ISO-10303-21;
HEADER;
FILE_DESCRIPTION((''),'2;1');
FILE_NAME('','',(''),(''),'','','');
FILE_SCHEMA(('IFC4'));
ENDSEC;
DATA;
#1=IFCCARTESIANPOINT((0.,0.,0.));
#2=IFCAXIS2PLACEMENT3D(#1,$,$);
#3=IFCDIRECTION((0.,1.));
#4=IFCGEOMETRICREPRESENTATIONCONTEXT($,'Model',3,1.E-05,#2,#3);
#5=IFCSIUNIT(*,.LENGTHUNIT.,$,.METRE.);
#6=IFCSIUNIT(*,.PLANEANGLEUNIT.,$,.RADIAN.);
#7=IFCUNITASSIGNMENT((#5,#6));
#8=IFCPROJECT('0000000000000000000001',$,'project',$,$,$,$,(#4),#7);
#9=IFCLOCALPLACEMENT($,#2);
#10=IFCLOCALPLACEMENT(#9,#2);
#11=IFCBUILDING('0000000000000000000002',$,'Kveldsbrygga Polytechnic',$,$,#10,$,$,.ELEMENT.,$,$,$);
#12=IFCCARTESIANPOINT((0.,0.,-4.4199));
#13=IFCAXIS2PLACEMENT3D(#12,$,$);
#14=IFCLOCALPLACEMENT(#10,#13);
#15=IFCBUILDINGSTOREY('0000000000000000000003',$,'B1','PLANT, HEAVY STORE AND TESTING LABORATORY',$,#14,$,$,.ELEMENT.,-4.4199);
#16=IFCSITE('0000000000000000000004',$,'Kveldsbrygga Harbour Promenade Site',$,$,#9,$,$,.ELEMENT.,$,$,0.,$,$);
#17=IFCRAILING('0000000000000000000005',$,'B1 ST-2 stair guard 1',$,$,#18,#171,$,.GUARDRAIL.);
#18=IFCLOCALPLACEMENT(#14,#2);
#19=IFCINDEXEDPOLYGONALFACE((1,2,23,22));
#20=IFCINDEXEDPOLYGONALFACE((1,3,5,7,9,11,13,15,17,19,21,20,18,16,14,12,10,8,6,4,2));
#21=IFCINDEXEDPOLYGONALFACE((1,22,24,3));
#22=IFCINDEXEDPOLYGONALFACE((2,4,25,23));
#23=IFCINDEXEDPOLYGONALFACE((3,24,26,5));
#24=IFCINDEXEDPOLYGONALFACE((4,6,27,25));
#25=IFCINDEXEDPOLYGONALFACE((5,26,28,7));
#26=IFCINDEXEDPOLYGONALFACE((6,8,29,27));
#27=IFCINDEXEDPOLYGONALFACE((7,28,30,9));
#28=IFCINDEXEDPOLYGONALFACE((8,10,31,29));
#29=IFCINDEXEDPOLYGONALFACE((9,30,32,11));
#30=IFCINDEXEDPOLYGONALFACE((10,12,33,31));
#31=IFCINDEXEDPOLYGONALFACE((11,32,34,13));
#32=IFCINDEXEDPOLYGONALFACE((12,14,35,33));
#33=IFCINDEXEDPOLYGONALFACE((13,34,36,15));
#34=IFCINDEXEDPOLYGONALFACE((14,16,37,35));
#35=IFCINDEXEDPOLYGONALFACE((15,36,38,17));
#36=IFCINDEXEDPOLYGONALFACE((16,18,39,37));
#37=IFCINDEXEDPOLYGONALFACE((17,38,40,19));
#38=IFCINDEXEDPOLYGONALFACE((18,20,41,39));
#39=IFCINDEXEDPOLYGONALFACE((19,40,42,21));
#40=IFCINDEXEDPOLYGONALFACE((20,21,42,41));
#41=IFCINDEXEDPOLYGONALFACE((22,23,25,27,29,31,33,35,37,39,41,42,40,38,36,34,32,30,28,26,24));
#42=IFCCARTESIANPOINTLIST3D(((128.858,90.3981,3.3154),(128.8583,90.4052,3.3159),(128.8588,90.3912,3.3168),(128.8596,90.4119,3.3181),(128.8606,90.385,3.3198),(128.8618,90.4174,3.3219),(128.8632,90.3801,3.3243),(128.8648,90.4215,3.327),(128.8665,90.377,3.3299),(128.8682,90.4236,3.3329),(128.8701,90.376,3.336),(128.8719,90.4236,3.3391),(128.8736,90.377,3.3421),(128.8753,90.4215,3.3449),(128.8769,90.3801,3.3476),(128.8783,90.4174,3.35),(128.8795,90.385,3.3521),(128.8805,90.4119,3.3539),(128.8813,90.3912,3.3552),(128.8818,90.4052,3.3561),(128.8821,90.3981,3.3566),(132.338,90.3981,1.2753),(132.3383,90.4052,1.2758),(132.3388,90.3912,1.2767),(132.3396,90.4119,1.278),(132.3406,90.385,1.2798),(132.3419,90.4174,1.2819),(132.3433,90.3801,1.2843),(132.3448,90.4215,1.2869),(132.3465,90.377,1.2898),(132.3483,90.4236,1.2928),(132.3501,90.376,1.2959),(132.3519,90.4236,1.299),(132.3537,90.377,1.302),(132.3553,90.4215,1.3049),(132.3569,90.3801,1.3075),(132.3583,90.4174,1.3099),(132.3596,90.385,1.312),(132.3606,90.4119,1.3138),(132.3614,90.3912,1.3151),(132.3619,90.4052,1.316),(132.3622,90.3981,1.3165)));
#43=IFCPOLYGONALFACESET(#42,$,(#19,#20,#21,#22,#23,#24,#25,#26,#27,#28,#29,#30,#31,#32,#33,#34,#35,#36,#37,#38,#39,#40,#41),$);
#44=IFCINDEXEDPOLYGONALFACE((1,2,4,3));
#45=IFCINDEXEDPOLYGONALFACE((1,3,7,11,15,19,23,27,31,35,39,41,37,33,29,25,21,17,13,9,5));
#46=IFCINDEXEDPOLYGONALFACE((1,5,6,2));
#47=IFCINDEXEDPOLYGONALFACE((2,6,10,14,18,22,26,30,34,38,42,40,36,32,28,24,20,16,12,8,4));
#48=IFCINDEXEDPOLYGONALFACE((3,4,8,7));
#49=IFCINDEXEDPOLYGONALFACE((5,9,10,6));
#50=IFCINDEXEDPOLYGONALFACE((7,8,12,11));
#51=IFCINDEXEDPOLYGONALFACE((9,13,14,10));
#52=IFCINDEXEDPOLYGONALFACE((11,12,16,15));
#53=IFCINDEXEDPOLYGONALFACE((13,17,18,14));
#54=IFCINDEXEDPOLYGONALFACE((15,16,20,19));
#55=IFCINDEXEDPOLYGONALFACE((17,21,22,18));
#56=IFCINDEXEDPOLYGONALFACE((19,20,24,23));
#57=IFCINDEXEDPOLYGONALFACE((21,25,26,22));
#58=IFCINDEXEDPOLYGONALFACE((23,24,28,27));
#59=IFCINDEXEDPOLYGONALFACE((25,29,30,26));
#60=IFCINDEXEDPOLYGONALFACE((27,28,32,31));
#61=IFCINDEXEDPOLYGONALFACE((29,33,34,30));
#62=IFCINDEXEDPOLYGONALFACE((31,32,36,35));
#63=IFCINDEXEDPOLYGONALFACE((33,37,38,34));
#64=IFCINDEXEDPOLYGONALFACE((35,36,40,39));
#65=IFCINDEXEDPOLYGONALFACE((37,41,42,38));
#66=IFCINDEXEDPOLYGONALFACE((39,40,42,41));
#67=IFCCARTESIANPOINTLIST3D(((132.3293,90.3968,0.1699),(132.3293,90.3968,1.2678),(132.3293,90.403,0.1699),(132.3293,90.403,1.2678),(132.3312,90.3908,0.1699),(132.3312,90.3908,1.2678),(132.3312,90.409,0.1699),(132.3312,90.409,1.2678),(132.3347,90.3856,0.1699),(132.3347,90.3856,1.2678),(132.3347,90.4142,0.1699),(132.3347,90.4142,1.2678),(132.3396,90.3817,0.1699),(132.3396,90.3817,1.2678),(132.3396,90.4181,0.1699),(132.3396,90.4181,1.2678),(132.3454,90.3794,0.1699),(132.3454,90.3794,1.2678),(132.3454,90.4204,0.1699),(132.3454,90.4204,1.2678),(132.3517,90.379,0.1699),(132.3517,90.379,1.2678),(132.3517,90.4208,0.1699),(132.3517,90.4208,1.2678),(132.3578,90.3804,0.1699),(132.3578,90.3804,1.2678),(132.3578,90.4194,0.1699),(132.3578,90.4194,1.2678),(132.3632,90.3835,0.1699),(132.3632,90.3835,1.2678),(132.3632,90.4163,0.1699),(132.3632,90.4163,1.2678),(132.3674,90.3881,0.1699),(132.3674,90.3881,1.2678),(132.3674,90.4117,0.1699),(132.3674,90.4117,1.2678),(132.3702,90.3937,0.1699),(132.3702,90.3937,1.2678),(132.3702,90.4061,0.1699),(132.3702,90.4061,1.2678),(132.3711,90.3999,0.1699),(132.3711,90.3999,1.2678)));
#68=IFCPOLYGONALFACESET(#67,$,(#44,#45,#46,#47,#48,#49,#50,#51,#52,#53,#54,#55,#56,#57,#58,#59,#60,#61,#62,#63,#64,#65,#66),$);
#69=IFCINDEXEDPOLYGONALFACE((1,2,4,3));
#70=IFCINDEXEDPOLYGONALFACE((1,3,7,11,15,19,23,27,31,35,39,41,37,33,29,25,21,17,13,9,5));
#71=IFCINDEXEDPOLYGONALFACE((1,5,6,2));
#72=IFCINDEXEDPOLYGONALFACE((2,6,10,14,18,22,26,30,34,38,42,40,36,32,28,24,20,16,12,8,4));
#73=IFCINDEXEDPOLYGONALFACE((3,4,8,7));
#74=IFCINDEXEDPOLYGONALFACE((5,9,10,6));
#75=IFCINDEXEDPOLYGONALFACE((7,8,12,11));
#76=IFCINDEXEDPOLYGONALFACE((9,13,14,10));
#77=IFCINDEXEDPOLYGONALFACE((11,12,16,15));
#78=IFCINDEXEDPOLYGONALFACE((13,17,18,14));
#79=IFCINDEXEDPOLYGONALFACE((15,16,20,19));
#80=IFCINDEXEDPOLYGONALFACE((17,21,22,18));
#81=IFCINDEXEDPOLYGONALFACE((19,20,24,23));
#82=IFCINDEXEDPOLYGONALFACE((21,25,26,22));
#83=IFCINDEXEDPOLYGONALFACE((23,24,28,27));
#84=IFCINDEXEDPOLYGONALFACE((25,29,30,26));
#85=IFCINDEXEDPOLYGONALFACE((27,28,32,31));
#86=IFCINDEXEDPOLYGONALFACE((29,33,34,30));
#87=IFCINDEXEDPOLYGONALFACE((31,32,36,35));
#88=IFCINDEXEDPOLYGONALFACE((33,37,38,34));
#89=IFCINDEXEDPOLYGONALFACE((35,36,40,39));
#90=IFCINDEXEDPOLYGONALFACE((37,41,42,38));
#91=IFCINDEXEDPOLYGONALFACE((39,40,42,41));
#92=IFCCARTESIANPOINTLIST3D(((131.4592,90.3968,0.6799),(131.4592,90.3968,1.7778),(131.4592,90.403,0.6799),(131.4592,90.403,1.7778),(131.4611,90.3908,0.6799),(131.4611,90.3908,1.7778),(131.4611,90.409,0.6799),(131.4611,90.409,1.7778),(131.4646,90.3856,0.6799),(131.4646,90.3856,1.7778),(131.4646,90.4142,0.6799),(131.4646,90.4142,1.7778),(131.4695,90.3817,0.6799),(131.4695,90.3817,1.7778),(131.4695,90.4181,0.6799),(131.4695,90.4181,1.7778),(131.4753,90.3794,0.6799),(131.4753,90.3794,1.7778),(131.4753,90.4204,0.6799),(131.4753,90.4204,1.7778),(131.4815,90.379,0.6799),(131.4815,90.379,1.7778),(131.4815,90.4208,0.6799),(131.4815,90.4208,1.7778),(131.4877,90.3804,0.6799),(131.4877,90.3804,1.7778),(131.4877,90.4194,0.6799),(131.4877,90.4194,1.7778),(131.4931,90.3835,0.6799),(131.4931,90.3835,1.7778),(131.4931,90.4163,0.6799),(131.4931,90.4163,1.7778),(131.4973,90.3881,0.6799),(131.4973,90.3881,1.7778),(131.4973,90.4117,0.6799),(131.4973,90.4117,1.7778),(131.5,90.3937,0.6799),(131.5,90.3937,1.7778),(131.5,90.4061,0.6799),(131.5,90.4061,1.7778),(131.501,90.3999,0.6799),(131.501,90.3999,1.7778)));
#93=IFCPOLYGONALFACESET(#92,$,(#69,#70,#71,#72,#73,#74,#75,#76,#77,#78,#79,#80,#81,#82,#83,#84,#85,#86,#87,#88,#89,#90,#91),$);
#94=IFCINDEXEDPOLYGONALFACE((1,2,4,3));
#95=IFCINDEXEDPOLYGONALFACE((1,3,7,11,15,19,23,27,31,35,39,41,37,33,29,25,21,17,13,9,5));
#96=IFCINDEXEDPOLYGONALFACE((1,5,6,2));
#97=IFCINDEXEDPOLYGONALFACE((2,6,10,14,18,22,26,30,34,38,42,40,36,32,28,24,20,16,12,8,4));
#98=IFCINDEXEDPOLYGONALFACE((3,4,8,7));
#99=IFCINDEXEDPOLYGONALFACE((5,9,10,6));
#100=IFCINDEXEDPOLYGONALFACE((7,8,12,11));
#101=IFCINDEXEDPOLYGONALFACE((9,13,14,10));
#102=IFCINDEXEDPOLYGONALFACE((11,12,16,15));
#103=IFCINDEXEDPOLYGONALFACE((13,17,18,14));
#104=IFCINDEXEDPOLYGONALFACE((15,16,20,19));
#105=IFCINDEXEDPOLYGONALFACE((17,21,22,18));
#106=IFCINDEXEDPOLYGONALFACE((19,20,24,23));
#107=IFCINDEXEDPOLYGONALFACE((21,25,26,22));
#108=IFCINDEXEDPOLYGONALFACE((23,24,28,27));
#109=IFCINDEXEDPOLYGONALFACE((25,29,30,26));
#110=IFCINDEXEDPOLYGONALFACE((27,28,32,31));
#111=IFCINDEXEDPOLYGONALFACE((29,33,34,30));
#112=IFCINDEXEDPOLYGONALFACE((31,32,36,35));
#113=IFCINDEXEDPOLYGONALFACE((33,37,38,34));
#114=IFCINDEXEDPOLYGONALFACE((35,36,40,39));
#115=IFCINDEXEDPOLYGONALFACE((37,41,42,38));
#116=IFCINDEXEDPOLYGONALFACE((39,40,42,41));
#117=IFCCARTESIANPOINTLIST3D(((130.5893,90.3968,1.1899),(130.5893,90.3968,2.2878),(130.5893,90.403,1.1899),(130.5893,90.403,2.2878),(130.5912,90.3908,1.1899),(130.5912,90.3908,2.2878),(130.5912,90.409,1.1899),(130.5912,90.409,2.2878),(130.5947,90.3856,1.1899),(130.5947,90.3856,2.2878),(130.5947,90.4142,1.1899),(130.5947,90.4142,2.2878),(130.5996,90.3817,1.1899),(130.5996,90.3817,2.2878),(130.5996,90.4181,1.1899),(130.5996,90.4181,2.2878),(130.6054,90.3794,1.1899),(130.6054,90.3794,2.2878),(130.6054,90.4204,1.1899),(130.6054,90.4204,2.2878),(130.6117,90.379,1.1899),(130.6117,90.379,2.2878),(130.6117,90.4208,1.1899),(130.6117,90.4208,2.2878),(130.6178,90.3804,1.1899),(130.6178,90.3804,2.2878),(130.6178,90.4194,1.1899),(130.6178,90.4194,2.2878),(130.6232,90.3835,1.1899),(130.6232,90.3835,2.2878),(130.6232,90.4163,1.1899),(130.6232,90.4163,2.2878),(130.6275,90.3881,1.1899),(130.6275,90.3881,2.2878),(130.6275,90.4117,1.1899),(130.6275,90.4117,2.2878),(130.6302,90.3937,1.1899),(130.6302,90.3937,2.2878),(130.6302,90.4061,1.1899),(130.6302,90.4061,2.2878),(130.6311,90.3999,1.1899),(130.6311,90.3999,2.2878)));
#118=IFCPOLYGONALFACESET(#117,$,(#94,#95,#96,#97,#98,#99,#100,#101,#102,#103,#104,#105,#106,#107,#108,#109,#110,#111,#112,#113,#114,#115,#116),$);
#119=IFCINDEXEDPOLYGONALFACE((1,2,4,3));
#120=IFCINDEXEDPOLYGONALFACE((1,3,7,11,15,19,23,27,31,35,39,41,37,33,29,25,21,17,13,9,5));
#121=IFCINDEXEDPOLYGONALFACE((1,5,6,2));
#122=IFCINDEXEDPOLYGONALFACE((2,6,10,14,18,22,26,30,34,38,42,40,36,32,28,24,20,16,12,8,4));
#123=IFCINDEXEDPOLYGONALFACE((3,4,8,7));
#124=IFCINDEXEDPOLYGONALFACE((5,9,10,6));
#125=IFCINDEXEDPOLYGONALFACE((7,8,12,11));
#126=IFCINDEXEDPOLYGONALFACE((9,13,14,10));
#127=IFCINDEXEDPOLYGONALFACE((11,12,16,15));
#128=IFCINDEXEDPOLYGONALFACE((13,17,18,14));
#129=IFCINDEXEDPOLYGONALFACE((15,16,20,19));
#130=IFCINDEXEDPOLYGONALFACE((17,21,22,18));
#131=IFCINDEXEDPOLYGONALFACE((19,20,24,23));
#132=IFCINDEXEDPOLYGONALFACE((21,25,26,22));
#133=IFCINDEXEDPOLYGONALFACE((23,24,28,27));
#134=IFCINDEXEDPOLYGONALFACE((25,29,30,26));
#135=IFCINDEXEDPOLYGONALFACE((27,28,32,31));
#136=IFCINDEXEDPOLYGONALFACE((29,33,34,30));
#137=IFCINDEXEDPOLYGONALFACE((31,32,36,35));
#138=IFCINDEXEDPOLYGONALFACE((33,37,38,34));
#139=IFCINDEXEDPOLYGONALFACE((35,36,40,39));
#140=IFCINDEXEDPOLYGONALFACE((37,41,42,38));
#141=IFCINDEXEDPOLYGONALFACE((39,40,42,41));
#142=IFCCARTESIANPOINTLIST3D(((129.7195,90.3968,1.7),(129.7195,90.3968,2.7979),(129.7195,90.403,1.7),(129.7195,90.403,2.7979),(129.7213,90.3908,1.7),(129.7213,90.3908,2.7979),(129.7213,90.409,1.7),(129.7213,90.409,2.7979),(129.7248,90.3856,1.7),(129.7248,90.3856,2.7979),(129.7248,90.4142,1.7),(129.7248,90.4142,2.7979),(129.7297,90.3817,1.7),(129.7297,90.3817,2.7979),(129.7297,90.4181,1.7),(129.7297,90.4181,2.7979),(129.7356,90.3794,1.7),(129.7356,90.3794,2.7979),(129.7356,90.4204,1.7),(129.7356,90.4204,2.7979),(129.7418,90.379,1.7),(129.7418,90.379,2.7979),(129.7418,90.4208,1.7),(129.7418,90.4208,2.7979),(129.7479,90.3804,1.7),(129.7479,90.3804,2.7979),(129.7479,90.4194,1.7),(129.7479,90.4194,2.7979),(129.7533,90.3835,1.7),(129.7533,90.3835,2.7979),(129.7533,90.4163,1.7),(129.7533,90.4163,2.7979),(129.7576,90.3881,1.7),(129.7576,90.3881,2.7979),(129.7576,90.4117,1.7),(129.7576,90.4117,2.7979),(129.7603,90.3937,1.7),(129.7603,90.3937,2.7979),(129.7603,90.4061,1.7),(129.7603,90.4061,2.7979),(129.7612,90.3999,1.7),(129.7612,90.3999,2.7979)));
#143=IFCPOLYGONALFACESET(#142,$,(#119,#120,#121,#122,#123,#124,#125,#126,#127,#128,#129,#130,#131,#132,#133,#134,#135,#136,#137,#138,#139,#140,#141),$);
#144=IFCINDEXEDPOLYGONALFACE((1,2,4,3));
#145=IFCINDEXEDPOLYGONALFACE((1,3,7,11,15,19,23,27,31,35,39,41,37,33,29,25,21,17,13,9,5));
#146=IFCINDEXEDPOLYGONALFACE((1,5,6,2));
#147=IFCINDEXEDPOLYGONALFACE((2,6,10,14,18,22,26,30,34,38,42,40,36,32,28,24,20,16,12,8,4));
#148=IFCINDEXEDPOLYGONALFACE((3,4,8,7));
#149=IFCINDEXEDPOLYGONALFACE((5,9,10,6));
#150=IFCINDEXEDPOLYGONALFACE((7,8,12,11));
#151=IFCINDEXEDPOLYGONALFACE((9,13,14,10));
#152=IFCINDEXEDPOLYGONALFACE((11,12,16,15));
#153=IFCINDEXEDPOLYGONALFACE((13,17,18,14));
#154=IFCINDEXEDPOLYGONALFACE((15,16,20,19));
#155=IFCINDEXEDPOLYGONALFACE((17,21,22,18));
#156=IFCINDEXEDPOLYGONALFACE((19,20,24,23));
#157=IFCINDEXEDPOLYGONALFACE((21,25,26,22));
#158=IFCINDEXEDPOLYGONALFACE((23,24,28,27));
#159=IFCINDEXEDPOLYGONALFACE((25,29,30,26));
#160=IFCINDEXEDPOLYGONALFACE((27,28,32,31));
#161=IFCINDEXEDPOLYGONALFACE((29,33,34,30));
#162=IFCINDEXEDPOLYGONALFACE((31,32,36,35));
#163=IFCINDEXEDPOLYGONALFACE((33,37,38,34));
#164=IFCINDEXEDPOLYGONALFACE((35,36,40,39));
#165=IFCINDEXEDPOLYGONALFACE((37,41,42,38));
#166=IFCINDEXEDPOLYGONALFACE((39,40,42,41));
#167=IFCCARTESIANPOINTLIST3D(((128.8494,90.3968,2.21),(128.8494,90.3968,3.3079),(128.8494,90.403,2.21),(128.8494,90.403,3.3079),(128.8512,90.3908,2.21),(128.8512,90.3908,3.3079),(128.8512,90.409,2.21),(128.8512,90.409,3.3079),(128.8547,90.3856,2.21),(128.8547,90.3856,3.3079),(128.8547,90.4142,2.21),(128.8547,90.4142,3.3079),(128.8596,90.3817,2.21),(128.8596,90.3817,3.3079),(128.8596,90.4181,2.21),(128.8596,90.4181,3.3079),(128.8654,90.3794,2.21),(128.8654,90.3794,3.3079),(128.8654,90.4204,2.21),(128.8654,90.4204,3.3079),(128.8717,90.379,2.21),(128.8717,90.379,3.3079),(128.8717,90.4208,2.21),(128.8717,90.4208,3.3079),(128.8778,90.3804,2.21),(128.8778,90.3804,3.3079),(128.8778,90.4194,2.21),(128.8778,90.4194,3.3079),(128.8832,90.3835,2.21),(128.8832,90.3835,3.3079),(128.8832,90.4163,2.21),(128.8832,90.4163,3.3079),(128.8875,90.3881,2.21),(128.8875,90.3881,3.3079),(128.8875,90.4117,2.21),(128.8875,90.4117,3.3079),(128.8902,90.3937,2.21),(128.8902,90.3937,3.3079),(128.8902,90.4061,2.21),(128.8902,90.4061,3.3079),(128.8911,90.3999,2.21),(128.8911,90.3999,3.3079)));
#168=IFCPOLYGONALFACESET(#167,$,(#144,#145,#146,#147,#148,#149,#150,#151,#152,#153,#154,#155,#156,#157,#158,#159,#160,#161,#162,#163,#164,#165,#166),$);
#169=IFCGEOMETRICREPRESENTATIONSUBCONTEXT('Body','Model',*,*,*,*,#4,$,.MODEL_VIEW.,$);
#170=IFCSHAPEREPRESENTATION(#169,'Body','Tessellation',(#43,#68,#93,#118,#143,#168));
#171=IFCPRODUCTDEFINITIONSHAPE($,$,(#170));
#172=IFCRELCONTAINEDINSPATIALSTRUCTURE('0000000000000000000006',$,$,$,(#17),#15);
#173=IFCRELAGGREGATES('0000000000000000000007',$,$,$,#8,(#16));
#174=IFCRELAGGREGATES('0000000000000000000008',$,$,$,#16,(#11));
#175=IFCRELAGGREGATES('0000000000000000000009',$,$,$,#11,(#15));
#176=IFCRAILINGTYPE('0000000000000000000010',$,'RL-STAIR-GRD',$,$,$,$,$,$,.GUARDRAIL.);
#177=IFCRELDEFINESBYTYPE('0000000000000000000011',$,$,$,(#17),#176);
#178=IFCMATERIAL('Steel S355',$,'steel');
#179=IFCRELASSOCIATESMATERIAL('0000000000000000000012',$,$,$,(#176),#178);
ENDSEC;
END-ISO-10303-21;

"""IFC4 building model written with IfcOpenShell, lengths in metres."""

from ifc_helpers import new_model, si_unit, direction, frame, origin, origin_2d, place, context, subcontext, project, spatial, circle, extrude, material, type_object, element, save


model = new_model("IFC4")

# Units and contexts
model_context = context("Model", 3, precision=1e-05, world=origin(), true_north=direction((0.0, 1.0)))
body_context = subcontext(model_context, "Body", "Model", "MODEL_VIEW")
ifc_project = project(units=[si_unit("LENGTHUNIT", "METRE"), si_unit("PLANEANGLEUNIT", "RADIAN")], contexts=[model_context])

# Site, building, storey
site_placement = place(None, origin())
site = spatial("IfcSite", under=ifc_project, at=site_placement, Name="Kveldsbrygga Harbour Promenade Site", CompositionType="ELEMENT", RefElevation=0.0)
building_placement = place(site_placement, origin())
building = spatial("IfcBuilding", under=site, at=building_placement, Name="Kveldsbrygga Polytechnic", CompositionType="ELEMENT")
storey_placement = place(building_placement, frame((0.0, 0.0, -4.4199)))
storey = spatial("IfcBuildingStorey", under=building, at=storey_placement, Name="B1", Description="PLANT, HEAVY STORE AND TESTING LABORATORY", CompositionType="ELEMENT", Elevation=-4.4199)

# Shared definitions
ifc_material_1 = material(Name="Steel S355", Category="steel")

# Railing
railing_type_1 = type_object("IfcRailingType", Name="RL-STAIR-GRD", PredefinedType="GUARDRAIL", material=ifc_material_1)
railing_1_placement = place(storey_placement, frame((132.3501, 90.3999, 0.1699)))
element("IfcRailing", 1, at=railing_1_placement, inside=storey, type_object=railing_type_1, Name="B1 ST-2 stair guard 1", PredefinedType="GUARDRAIL", context=body_context, shape_type="SweptSolid", body=[
    extrude(circle(Radius=0.0239, at=origin_2d()), frame((0.0, 0.0, 1.126), z_axis=(-0.862693, 0.0, 0.505729), x_axis=(0.0, -1.0, 0.0)), (0.0, 0.0, 1.0), 4.0339),
    extrude(circle(Radius=0.021, at=origin_2d()), origin(), (0.0, 0.0, 1.0), 1.0979),
    extrude(circle(Radius=0.021, at=origin_2d()), frame((-0.8701, 0.0, 0.51)), (0.0, 0.0, 1.0), 1.0979),
    extrude(circle(Radius=0.021, at=origin_2d()), frame((-1.74, 0.0, 1.02)), (0.0, 0.0, 1.0), 1.0979),
    extrude(circle(Radius=0.021, at=origin_2d()), frame((-2.6099, 0.0, 1.53)), (0.0, 0.0, 1.0), 1.0979),
    extrude(circle(Radius=0.021, at=origin_2d()), frame((-3.48, 0.0, 2.04)), (0.0, 0.0, 1.0), 1.0979),
])

save(model, "model.ifc")
